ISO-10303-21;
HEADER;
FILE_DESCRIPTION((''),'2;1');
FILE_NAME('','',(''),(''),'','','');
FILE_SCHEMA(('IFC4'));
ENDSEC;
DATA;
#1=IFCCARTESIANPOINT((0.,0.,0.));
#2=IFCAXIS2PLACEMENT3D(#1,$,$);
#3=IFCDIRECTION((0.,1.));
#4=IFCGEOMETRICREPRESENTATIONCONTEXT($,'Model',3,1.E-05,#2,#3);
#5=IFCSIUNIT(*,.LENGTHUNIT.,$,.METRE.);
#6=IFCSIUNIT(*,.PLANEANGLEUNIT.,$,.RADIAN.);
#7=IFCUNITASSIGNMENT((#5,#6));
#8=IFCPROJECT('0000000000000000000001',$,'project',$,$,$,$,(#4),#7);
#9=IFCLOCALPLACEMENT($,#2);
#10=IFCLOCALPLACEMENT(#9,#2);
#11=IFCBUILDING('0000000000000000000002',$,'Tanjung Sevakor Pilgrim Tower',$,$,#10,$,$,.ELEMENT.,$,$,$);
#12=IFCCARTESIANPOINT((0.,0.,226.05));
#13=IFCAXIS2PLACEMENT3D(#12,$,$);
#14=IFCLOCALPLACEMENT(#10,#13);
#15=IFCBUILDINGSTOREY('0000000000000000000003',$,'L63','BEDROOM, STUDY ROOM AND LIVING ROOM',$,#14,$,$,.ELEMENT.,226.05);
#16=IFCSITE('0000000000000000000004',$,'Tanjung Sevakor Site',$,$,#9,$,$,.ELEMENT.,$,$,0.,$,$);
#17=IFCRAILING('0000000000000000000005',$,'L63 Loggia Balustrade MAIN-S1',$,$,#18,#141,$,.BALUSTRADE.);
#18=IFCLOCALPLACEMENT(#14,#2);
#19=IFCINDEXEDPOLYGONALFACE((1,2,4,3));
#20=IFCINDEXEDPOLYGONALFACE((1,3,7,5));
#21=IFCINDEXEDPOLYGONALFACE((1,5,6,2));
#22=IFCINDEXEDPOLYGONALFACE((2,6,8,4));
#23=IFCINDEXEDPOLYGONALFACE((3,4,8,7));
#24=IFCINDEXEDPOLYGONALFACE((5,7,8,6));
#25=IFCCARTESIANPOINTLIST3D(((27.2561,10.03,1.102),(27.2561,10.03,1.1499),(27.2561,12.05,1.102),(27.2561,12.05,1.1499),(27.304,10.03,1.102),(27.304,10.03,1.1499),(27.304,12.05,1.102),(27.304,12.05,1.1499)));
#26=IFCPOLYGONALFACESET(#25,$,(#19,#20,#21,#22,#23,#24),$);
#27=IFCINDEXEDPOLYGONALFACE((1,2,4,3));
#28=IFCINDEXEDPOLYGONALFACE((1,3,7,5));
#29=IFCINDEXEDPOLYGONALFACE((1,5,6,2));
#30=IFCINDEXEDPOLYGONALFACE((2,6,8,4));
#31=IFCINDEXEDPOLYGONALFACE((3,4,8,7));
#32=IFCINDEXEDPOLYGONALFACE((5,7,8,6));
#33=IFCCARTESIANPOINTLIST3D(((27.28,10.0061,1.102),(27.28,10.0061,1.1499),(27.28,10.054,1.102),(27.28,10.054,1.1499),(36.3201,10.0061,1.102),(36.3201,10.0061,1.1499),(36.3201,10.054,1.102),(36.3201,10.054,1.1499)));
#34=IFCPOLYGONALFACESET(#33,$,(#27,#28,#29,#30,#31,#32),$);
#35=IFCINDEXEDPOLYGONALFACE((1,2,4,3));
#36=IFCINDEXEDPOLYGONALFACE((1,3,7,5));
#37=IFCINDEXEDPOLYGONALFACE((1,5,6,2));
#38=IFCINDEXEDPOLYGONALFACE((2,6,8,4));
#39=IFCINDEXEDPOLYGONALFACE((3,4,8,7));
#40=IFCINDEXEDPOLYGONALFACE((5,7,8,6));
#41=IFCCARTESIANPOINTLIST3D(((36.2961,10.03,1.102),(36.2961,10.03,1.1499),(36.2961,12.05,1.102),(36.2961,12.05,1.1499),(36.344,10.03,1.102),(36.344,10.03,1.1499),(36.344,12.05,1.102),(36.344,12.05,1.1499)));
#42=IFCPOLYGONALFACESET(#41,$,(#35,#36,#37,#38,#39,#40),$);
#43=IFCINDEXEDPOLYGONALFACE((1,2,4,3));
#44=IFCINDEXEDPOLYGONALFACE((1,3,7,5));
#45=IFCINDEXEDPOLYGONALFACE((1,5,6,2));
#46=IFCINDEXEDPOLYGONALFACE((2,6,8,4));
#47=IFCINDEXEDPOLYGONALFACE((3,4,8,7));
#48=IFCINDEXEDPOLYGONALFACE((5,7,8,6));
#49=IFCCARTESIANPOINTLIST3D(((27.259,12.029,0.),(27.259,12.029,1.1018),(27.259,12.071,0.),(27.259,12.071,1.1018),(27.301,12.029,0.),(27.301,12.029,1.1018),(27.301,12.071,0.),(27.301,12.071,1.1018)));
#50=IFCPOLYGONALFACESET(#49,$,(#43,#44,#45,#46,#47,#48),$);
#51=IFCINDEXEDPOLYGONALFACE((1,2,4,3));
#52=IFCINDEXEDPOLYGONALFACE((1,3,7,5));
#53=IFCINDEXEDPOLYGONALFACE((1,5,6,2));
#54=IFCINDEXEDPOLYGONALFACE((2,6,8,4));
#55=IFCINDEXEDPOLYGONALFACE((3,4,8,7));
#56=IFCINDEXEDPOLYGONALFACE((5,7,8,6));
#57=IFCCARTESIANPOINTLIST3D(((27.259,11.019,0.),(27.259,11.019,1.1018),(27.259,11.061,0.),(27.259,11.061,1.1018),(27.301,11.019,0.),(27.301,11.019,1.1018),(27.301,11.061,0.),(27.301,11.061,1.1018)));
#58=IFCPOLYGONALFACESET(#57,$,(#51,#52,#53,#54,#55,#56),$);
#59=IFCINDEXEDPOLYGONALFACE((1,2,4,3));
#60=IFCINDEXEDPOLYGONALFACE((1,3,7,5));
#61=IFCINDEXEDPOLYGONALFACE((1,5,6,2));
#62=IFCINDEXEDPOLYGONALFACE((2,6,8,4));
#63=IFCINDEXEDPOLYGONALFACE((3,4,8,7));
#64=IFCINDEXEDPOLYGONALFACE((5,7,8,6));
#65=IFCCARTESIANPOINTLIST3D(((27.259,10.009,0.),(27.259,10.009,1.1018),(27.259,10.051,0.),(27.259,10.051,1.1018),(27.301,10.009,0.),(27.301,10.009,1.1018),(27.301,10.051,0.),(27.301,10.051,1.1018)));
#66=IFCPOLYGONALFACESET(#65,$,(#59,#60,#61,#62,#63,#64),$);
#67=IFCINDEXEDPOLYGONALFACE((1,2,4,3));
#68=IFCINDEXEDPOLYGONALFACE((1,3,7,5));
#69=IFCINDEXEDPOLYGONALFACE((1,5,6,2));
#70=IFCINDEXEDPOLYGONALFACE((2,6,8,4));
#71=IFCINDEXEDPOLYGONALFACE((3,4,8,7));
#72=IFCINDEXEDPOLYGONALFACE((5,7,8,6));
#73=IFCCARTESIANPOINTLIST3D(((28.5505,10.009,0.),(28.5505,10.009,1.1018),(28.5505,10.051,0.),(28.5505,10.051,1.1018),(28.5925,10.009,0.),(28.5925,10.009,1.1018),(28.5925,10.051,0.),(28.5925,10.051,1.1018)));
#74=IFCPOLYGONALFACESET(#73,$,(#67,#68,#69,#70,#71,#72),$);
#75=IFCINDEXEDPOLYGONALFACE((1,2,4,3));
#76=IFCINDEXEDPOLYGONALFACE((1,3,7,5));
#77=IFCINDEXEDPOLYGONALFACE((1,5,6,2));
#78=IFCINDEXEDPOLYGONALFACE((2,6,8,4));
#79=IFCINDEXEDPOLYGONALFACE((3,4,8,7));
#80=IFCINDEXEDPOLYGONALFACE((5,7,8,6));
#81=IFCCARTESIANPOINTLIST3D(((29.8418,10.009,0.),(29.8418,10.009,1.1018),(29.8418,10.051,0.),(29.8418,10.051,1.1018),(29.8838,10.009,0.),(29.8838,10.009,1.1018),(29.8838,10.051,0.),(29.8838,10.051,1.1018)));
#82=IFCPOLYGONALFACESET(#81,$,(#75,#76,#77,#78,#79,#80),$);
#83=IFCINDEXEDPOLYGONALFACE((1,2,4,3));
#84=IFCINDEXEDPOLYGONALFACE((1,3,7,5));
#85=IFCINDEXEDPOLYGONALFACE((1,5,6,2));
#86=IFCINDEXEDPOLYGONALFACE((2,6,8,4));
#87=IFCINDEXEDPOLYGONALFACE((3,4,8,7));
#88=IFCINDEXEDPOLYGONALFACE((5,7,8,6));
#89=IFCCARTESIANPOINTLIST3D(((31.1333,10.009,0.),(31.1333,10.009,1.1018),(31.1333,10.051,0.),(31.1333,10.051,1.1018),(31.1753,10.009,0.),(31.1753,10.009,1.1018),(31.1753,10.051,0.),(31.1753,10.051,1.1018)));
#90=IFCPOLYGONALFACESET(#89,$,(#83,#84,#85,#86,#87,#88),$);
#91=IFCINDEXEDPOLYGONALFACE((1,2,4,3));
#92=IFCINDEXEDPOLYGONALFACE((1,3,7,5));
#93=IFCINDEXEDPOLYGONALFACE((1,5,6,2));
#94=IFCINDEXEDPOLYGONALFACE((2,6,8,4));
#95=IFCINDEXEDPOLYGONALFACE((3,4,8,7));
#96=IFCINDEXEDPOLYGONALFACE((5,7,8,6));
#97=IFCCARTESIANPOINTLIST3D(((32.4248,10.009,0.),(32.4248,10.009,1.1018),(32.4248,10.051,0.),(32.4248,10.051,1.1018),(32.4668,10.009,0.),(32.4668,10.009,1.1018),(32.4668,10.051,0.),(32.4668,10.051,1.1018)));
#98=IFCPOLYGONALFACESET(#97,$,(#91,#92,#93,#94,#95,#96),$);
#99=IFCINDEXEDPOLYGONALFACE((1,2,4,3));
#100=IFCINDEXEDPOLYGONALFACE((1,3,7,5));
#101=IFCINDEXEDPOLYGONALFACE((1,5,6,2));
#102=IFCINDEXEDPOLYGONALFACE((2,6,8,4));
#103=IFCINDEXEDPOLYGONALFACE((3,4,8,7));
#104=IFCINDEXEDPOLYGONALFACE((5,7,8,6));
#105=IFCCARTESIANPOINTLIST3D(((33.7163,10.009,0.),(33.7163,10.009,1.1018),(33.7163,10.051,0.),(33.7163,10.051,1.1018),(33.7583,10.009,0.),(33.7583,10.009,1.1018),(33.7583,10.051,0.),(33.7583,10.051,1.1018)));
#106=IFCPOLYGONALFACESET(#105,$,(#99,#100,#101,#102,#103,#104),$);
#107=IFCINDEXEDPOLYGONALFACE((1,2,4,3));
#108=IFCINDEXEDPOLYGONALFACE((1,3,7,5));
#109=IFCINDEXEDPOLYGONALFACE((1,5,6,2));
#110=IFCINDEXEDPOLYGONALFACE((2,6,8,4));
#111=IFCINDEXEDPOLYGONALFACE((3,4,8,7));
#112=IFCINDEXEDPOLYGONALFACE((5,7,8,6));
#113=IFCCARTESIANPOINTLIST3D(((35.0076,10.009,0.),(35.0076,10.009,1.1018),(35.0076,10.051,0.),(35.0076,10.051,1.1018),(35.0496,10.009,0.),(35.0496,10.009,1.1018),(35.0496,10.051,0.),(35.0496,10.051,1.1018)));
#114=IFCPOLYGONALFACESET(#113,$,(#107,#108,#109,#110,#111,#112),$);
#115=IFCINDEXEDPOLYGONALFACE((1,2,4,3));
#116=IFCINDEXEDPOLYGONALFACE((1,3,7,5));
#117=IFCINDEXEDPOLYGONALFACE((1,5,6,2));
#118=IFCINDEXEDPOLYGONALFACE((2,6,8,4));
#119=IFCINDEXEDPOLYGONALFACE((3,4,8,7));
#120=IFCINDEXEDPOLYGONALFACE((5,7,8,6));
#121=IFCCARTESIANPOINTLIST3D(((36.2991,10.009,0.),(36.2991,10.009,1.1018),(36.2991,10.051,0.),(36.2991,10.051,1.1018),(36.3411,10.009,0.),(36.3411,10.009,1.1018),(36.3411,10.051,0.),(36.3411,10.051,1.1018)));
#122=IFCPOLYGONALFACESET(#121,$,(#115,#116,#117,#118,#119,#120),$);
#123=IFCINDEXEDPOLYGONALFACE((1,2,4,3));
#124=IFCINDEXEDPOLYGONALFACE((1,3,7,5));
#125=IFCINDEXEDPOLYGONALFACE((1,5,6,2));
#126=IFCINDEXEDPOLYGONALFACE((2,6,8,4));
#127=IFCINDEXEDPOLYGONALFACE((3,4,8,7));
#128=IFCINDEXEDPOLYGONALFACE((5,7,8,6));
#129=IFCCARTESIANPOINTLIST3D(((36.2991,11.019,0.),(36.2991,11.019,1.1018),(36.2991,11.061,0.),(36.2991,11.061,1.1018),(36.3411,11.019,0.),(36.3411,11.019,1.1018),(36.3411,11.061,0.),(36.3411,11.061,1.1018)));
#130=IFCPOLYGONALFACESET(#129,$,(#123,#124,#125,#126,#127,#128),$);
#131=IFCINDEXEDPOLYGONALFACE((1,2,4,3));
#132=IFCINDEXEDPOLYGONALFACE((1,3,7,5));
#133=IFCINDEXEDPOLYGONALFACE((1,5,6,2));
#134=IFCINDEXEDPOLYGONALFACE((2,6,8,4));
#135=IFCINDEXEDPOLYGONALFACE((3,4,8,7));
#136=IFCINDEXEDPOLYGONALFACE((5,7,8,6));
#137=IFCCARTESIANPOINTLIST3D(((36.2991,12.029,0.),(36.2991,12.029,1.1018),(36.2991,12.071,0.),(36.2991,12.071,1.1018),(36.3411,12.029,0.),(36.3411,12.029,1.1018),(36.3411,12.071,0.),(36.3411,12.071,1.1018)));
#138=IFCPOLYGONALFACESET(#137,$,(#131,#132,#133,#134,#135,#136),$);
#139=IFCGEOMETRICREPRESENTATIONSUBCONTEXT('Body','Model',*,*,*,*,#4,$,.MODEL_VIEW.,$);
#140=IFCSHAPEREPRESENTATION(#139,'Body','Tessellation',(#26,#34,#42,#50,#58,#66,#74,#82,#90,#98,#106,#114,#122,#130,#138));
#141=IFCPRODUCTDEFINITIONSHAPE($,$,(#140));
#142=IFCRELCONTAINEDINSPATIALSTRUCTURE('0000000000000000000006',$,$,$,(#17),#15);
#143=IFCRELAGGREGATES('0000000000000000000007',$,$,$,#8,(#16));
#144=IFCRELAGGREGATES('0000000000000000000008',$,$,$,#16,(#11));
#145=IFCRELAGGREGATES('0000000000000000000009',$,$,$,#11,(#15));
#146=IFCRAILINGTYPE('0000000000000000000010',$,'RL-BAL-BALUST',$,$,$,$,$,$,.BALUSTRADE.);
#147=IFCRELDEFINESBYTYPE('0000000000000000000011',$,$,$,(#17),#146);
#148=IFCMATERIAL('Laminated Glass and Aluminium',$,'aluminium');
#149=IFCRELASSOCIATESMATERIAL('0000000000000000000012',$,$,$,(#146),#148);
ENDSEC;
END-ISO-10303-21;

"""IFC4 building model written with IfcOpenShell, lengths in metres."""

from ifc_helpers import new_model, si_unit, direction, frame, origin, place, context, subcontext, project, spatial, rectangle, extrude, material, type_object, element, save


model = new_model("IFC4")

# Units and contexts
model_context = context("Model", 3, precision=1e-05, world=origin(), true_north=direction((0.0, 1.0)))
body_context = subcontext(model_context, "Body", "Model", "MODEL_VIEW")
ifc_project = project(units=[si_unit("LENGTHUNIT", "METRE"), si_unit("PLANEANGLEUNIT", "RADIAN")], contexts=[model_context])

# Site, building, storey
site_placement = place(None, origin())
site = spatial("IfcSite", under=ifc_project, at=site_placement, Name="Tanjung Sevakor Site", CompositionType="ELEMENT", RefElevation=0.0)
building_placement = place(site_placement, origin())
building = spatial("IfcBuilding", under=site, at=building_placement, Name="Tanjung Sevakor Pilgrim Tower", CompositionType="ELEMENT")
storey_placement = place(building_placement, frame((0.0, 0.0, 226.05)))
storey = spatial("IfcBuildingStorey", under=building, at=storey_placement, Name="L63", Description="BEDROOM, STUDY ROOM AND LIVING ROOM", CompositionType="ELEMENT", Elevation=226.05)

# Railing
ifc_material_1 = material(Name="Laminated Glass and Aluminium", Category="aluminium")
railing_type = type_object("IfcRailingType", Name="RL-BAL-BALUST", PredefinedType="BALUSTRADE", material=ifc_material_1)
railing_placement = place(storey_placement, frame((27.28, 12.05, 0.0)))
element("IfcRailing", 1, at=railing_placement, inside=storey, type_object=railing_type, Name="L63 Loggia Balustrade MAIN-S1", PredefinedType="BALUSTRADE", context=body_context, shape_type="SweptSolid", body=[
    extrude(rectangle(XDim=0.0479, YDim=0.0479), frame((0.0, 0.0, 1.126), z_axis=(0.0, -1.0, 0.0), x_axis=(1.0, 0.0, 0.0)), (0.0, 0.0, 1.0), 2.02),
    extrude(rectangle(XDim=0.0479, YDim=0.0479), frame((0.0, -2.02, 1.126), z_axis=(1.0, 0.0, 0.0), x_axis=(0.0, 1.0, 0.0)), (0.0, 0.0, 1.0), 9.04),
    extrude(rectangle(XDim=0.0479, YDim=0.0479), frame((9.04, -2.02, 1.126), z_axis=(0.0, 1.0, 0.0), x_axis=(-1.0, 0.0, 0.0)), (0.0, 0.0, 1.0), 2.02),
    extrude(rectangle(XDim=0.042, YDim=0.042), origin(), (0.0, 0.0, 1.0), 1.1018),
    extrude(rectangle(XDim=0.042, YDim=0.042), frame((0.0, -1.01, 0.0)), (0.0, 0.0, 1.0), 1.1018),
    extrude(rectangle(XDim=0.042, YDim=0.042), frame((0.0, -2.02, 0.0)), (0.0, 0.0, 1.0), 1.1018),
    extrude(rectangle(XDim=0.042, YDim=0.042), frame((1.2915, -2.02, 0.0)), (0.0, 0.0, 1.0), 1.1018),
    extrude(rectangle(XDim=0.042, YDim=0.042), frame((2.5828, -2.02, 0.0)), (0.0, 0.0, 1.0), 1.1018),
    extrude(rectangle(XDim=0.042, YDim=0.042), frame((3.8743, -2.02, 0.0)), (0.0, 0.0, 1.0), 1.1018),
    extrude(rectangle(XDim=0.042, YDim=0.042), frame((5.1658, -2.02, 0.0)), (0.0, 0.0, 1.0), 1.1018),
    extrude(rectangle(XDim=0.042, YDim=0.042), frame((6.4573, -2.02, 0.0)), (0.0, 0.0, 1.0), 1.1018),
    extrude(rectangle(XDim=0.042, YDim=0.042), frame((7.7485, -2.02, 0.0)), (0.0, 0.0, 1.0), 1.1018),
    extrude(rectangle(XDim=0.042, YDim=0.042), frame((9.04, -2.02, 0.0)), (0.0, 0.0, 1.0), 1.1018),
    extrude(rectangle(XDim=0.042, YDim=0.042), frame((9.04, -1.01, 0.0)), (0.0, 0.0, 1.0), 1.1018),
    extrude(rectangle(XDim=0.042, YDim=0.042), frame((9.04, 0.0, 0.0)), (0.0, 0.0, 1.0), 1.1018),
])

save(model, "model.ifc")
